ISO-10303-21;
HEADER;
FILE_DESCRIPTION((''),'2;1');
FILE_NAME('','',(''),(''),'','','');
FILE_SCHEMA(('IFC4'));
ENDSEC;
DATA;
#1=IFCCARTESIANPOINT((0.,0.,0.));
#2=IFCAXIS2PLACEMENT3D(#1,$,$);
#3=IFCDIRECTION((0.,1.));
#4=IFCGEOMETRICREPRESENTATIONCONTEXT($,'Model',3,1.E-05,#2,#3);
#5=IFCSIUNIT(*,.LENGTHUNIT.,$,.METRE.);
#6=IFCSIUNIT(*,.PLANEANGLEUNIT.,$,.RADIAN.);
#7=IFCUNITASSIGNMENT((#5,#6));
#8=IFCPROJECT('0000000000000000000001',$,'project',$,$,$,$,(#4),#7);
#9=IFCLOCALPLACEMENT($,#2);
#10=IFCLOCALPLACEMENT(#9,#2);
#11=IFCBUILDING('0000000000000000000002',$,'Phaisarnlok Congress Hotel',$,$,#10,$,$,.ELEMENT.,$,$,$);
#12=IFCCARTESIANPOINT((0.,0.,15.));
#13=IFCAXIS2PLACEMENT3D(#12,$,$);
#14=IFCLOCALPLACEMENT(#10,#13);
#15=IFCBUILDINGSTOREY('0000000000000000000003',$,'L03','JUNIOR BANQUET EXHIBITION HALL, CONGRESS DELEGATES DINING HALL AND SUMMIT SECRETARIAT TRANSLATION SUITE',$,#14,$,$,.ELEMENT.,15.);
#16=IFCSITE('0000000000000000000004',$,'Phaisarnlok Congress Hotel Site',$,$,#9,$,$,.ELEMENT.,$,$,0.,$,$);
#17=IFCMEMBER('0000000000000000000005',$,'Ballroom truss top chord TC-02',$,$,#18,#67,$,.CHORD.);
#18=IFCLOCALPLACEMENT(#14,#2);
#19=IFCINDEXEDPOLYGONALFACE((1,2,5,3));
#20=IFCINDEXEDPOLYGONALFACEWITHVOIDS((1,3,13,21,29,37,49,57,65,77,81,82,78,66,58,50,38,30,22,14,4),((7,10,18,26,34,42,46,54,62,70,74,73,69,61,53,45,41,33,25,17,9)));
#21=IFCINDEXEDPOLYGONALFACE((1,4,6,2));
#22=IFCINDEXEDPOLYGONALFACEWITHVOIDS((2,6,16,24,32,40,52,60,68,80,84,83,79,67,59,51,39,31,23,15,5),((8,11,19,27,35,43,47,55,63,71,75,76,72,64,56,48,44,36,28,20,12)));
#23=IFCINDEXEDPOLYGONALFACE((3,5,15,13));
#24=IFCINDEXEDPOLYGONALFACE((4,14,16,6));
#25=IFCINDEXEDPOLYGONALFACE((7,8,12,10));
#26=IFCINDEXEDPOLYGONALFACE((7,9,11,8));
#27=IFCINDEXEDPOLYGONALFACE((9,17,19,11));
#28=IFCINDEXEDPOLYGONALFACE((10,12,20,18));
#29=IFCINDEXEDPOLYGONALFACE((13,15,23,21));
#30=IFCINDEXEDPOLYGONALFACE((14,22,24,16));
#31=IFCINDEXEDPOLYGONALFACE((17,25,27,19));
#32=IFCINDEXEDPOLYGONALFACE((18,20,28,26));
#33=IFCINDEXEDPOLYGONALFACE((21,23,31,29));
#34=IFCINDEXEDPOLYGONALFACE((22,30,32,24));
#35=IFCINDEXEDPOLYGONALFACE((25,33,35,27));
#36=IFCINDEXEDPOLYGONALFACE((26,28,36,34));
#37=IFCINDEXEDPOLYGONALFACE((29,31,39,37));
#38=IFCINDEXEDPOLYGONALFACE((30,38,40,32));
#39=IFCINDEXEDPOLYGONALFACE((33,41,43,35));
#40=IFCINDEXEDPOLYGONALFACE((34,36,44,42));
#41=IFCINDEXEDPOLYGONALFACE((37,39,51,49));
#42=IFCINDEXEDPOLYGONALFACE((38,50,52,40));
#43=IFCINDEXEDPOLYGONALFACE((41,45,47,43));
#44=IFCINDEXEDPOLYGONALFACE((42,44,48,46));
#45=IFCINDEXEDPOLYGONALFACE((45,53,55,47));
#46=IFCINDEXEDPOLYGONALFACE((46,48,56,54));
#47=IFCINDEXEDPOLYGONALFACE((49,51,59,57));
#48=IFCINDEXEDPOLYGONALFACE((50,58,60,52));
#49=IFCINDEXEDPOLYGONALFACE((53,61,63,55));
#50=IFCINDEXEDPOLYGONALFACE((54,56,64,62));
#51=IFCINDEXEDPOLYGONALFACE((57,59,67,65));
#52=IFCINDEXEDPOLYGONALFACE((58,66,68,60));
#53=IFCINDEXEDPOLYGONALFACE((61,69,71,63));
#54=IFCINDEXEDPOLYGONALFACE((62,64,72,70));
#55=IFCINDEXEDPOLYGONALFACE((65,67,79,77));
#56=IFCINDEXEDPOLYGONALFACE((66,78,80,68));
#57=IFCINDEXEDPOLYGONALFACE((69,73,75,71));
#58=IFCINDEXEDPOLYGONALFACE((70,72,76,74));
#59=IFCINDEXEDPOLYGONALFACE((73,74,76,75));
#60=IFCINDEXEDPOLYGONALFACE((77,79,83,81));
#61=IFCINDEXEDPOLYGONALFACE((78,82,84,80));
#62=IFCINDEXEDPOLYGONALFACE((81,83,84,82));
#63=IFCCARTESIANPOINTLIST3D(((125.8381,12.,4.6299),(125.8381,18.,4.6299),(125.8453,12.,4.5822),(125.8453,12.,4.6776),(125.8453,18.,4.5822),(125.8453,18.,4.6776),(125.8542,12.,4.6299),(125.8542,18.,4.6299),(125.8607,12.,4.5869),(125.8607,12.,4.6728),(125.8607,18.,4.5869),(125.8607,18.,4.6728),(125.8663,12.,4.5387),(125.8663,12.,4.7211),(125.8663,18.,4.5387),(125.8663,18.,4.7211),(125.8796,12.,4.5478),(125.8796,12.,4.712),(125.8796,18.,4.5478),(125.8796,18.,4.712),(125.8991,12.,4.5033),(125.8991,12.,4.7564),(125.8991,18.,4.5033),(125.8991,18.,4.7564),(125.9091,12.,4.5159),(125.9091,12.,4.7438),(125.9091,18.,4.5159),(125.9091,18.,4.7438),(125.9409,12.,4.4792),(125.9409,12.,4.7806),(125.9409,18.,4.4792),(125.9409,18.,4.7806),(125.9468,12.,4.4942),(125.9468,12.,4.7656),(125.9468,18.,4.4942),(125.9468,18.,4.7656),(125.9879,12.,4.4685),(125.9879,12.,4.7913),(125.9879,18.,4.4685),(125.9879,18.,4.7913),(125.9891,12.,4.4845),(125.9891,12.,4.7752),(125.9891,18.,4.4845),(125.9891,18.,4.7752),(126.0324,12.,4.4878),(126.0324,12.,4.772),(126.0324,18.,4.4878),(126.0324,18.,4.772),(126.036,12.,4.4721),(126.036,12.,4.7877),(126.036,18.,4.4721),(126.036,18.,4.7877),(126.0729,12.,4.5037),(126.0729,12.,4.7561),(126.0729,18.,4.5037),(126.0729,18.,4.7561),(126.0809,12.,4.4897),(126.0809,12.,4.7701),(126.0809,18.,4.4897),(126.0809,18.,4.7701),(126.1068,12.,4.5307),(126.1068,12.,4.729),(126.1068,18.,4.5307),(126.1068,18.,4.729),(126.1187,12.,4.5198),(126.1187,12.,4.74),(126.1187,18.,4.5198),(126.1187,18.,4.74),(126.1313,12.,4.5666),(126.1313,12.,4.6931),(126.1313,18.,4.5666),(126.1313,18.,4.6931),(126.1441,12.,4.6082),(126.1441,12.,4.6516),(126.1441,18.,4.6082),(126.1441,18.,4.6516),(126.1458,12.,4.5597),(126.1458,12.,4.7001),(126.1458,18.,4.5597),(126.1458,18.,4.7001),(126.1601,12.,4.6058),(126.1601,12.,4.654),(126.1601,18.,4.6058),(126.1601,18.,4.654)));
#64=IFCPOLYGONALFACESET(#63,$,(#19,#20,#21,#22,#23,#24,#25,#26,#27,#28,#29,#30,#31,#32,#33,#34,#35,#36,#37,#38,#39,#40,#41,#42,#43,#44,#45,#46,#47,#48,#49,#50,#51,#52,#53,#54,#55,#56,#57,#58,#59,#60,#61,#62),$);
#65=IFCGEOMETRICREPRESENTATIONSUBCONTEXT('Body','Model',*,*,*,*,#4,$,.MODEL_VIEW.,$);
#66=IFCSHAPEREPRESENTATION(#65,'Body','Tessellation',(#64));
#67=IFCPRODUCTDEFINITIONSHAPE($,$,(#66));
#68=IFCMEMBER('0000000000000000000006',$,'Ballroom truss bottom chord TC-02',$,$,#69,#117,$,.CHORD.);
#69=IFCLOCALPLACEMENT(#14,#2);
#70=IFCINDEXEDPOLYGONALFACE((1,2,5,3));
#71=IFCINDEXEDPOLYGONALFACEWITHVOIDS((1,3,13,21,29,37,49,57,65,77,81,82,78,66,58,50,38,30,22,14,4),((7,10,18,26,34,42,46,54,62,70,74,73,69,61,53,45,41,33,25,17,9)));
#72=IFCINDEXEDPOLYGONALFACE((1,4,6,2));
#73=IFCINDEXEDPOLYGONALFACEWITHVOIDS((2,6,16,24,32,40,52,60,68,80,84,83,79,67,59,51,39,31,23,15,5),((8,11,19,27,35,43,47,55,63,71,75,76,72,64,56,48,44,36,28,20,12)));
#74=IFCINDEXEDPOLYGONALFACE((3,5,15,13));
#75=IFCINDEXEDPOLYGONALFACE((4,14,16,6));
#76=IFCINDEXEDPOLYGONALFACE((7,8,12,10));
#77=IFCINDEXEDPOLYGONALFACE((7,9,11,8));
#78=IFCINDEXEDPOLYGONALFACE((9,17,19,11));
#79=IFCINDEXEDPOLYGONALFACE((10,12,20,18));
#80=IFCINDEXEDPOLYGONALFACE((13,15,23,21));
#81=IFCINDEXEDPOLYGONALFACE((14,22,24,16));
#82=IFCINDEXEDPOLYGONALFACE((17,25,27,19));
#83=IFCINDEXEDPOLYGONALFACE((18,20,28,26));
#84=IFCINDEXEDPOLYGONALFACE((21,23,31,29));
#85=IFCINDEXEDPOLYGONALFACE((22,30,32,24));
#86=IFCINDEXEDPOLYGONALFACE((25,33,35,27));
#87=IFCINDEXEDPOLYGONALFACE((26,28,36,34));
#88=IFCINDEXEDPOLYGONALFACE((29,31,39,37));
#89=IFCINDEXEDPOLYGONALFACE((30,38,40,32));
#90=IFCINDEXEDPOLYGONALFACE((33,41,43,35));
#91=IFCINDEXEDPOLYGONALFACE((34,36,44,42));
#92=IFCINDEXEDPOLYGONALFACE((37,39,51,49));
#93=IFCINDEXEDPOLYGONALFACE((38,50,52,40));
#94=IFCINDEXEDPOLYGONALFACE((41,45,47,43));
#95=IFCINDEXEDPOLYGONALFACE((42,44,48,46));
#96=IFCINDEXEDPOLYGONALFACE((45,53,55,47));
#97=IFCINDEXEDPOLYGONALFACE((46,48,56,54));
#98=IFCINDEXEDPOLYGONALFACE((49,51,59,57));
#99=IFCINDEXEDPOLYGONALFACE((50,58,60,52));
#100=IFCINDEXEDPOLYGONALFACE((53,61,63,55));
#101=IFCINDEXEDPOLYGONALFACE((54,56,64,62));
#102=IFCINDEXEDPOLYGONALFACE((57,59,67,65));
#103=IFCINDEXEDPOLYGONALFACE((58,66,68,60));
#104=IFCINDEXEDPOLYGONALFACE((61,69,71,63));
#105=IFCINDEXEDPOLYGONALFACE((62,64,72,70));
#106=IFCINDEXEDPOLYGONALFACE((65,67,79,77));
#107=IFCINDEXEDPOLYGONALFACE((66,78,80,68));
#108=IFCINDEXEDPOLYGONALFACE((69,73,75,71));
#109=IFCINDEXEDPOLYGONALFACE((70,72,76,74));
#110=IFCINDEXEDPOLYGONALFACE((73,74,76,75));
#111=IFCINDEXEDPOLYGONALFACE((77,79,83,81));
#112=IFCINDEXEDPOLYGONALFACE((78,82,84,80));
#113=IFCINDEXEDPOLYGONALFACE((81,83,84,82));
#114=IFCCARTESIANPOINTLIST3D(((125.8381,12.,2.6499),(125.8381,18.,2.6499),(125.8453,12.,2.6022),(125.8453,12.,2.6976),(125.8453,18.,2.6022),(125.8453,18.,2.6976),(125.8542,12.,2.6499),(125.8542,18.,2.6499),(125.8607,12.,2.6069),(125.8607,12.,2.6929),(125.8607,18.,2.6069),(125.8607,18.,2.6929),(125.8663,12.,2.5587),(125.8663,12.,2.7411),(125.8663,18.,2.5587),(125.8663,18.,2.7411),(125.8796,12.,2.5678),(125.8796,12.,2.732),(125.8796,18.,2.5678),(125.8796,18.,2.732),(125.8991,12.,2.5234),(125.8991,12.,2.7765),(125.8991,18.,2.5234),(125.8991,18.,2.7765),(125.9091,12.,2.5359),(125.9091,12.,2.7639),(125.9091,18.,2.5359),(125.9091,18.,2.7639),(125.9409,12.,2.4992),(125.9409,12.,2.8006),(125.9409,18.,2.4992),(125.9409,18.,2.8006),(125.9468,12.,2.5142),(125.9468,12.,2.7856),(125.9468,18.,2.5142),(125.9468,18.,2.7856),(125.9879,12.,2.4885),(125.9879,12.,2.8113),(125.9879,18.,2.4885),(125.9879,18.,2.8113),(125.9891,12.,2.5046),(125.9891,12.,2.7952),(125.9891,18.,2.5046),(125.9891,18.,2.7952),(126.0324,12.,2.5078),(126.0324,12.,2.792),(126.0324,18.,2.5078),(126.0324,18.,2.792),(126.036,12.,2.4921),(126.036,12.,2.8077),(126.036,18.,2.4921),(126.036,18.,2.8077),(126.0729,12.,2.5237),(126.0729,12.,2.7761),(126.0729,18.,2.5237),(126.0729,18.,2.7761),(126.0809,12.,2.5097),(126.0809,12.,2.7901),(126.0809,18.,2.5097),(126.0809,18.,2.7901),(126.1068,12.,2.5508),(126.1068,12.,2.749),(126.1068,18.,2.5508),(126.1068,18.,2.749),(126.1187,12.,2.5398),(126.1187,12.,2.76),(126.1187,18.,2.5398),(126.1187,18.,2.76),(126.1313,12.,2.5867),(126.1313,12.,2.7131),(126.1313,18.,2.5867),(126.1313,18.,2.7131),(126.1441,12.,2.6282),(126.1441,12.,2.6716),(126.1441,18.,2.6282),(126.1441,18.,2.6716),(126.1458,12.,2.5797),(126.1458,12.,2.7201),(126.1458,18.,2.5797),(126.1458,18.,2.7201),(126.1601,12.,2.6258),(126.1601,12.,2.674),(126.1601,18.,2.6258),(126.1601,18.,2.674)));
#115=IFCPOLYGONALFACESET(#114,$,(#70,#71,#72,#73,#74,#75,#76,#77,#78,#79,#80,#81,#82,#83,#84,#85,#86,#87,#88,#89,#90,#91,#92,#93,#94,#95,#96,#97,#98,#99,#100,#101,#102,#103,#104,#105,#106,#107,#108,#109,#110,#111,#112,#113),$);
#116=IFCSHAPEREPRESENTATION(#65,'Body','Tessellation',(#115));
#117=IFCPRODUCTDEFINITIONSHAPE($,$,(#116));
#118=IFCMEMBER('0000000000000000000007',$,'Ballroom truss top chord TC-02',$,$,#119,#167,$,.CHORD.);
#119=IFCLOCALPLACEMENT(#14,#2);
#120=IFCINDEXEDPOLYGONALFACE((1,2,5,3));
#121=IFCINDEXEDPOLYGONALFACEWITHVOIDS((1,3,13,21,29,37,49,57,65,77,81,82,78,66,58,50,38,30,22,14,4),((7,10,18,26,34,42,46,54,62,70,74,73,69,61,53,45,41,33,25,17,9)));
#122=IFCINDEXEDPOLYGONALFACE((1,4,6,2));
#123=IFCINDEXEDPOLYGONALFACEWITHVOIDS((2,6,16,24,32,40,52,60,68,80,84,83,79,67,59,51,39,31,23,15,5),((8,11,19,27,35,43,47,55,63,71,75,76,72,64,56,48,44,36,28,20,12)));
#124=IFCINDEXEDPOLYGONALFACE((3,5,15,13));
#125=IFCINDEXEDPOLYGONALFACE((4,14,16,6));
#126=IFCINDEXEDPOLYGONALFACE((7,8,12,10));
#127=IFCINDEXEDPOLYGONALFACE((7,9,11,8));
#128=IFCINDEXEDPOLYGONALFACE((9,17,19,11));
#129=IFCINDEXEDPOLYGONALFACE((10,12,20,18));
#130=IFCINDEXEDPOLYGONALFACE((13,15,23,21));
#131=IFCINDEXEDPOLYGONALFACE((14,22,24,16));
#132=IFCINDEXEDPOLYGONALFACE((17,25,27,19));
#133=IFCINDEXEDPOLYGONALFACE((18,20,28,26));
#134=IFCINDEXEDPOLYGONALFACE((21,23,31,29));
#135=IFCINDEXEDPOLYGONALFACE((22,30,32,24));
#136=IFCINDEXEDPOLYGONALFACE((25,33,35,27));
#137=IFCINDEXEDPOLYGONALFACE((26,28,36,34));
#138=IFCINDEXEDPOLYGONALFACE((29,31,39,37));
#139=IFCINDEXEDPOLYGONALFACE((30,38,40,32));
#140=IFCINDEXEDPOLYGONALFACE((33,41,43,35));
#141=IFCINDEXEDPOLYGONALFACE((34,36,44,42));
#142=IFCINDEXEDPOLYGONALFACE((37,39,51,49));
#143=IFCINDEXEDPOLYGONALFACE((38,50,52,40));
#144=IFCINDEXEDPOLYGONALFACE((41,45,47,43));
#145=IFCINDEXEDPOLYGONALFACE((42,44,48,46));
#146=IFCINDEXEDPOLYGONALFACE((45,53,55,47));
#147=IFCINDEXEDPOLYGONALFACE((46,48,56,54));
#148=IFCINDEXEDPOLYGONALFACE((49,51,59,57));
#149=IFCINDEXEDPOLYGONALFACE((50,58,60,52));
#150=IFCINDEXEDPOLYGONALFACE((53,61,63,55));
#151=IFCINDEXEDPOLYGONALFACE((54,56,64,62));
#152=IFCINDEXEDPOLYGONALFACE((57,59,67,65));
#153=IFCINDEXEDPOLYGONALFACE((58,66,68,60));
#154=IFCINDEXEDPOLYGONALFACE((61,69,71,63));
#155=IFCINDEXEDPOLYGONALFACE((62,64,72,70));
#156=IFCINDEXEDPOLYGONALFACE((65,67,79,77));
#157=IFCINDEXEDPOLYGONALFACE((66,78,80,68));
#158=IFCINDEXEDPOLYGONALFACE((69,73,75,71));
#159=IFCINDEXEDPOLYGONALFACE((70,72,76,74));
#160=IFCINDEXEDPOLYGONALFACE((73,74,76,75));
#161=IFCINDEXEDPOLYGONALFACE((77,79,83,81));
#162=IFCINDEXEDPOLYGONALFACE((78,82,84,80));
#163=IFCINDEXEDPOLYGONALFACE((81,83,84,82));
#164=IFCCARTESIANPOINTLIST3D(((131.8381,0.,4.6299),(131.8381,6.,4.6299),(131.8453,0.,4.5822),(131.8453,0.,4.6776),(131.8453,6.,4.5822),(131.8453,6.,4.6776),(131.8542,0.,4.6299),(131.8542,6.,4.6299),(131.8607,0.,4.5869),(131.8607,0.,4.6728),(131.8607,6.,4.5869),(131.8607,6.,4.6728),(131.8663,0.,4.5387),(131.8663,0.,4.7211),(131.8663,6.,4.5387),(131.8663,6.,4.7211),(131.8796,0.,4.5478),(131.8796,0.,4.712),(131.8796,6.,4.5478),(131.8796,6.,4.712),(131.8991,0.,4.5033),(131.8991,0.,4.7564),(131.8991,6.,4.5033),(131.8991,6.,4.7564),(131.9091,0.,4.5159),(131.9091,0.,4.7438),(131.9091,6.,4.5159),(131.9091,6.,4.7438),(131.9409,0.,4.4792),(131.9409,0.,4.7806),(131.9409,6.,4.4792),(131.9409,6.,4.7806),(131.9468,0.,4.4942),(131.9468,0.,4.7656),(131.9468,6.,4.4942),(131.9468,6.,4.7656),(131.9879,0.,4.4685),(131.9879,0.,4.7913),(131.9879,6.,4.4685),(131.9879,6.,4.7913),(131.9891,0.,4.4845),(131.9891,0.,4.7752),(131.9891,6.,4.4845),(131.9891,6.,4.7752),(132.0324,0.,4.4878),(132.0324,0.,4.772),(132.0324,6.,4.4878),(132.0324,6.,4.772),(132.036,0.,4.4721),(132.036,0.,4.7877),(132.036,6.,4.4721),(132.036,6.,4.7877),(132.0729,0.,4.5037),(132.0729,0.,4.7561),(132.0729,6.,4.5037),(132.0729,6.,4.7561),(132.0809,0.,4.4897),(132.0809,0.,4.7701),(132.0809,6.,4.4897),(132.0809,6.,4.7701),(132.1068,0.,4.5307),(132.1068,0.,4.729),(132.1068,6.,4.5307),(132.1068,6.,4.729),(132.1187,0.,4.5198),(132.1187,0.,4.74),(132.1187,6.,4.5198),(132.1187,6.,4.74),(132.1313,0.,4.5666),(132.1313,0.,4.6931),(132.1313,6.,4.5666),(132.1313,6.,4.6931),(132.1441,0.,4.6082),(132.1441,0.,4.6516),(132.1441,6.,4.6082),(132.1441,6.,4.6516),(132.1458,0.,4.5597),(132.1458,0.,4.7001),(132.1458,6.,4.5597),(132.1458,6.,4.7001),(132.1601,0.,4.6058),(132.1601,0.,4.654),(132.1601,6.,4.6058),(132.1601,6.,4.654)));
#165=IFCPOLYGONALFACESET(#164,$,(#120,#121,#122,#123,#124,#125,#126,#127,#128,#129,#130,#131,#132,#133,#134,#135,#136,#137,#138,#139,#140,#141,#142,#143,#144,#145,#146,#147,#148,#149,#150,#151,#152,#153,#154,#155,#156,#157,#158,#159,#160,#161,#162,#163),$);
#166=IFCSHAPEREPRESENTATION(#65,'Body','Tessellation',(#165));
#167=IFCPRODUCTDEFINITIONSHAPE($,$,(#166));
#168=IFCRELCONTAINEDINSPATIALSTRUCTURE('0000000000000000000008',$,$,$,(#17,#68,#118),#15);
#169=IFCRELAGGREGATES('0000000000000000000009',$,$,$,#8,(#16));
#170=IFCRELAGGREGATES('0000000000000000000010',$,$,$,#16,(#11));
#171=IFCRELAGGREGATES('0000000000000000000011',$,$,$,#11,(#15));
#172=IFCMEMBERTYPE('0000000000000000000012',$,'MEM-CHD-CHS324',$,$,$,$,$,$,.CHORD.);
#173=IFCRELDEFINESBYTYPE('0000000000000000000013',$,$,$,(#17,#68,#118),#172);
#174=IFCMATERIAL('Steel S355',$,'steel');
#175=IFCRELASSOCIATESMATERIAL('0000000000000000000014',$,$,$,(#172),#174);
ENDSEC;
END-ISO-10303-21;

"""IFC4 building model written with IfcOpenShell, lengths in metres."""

from ifc_helpers import new_model, si_unit, direction, frame, origin, origin_2d, place, context, subcontext, project, spatial, hollow_circle, extrude, material, material_profile, profile_set, type_object, element, save


model = new_model("IFC4")

# Units and contexts
model_context = context("Model", 3, precision=1e-05, world=origin(), true_north=direction((0.0, 1.0)))
body_context = subcontext(model_context, "Body", "Model", "MODEL_VIEW")
ifc_project = project(units=[si_unit("LENGTHUNIT", "METRE"), si_unit("PLANEANGLEUNIT", "RADIAN")], contexts=[model_context])

# Site, building, storey
site_placement = place(None, origin())
site = spatial("IfcSite", under=ifc_project, at=site_placement, Name="Phaisarnlok Congress Hotel Site", CompositionType="ELEMENT", RefElevation=0.0)
building_placement = place(site_placement, origin())
building = spatial("IfcBuilding", under=site, at=building_placement, Name="Phaisarnlok Congress Hotel", CompositionType="ELEMENT")
storey_placement = place(building_placement, frame((0.0, 0.0, 15.0)))
storey = spatial("IfcBuildingStorey", under=building, at=storey_placement, Name="L03", Description="JUNIOR BANQUET EXHIBITION HALL, CONGRESS DELEGATES DINING HALL AND SUMMIT SECRETARIAT TRANSLATION SUITE", CompositionType="ELEMENT", Elevation=15.0)

# Members
ifc_material_1 = material(Name="Steel S355", Category="steel")
ifc_material_profile_1 = material_profile(ifc_material_1, hollow_circle(Radius=0.1619, WallThickness=0.0161, at=origin_2d()), Name="CHS 323.9x16")
ifc_profile_set_1 = profile_set([ifc_material_profile_1], Name="Steel S355")
member_type_1 = type_object("IfcMemberType", Name="MEM-CHD-CHS324", PredefinedType="CHORD", material=ifc_profile_set_1)
for number, where, z_axis, x_axis, name in (
    (1, (126.0, 12.0, 4.6299), (0.0, 1.0, 0.0), (-1.0, 0.0, 0.0), "Ballroom truss top chord TC-02"),
    (2, (126.0, 12.0, 2.6499), (0.0, 1.0, 0.0), (-1.0, 0.0, 0.0), "Ballroom truss bottom chord TC-02"),
    (3, (132.0, 0.0, 4.6299), (0.0, 1.0, 0.0), (-1.0, 0.0, 0.0), "Ballroom truss top chord TC-02"),
):
    element("IfcMember", number, at=place(storey_placement, frame(where, z_axis=z_axis, x_axis=x_axis)), inside=storey, type_object=member_type_1, Name=name, PredefinedType="CHORD", context=body_context, shape_type="SweptSolid", body=[
        extrude(hollow_circle(Radius=0.1619, WallThickness=0.0161, at=origin_2d()), origin(), (0.0, 0.0, 1.0), 6.0),
    ])

save(model, "model.ifc")
